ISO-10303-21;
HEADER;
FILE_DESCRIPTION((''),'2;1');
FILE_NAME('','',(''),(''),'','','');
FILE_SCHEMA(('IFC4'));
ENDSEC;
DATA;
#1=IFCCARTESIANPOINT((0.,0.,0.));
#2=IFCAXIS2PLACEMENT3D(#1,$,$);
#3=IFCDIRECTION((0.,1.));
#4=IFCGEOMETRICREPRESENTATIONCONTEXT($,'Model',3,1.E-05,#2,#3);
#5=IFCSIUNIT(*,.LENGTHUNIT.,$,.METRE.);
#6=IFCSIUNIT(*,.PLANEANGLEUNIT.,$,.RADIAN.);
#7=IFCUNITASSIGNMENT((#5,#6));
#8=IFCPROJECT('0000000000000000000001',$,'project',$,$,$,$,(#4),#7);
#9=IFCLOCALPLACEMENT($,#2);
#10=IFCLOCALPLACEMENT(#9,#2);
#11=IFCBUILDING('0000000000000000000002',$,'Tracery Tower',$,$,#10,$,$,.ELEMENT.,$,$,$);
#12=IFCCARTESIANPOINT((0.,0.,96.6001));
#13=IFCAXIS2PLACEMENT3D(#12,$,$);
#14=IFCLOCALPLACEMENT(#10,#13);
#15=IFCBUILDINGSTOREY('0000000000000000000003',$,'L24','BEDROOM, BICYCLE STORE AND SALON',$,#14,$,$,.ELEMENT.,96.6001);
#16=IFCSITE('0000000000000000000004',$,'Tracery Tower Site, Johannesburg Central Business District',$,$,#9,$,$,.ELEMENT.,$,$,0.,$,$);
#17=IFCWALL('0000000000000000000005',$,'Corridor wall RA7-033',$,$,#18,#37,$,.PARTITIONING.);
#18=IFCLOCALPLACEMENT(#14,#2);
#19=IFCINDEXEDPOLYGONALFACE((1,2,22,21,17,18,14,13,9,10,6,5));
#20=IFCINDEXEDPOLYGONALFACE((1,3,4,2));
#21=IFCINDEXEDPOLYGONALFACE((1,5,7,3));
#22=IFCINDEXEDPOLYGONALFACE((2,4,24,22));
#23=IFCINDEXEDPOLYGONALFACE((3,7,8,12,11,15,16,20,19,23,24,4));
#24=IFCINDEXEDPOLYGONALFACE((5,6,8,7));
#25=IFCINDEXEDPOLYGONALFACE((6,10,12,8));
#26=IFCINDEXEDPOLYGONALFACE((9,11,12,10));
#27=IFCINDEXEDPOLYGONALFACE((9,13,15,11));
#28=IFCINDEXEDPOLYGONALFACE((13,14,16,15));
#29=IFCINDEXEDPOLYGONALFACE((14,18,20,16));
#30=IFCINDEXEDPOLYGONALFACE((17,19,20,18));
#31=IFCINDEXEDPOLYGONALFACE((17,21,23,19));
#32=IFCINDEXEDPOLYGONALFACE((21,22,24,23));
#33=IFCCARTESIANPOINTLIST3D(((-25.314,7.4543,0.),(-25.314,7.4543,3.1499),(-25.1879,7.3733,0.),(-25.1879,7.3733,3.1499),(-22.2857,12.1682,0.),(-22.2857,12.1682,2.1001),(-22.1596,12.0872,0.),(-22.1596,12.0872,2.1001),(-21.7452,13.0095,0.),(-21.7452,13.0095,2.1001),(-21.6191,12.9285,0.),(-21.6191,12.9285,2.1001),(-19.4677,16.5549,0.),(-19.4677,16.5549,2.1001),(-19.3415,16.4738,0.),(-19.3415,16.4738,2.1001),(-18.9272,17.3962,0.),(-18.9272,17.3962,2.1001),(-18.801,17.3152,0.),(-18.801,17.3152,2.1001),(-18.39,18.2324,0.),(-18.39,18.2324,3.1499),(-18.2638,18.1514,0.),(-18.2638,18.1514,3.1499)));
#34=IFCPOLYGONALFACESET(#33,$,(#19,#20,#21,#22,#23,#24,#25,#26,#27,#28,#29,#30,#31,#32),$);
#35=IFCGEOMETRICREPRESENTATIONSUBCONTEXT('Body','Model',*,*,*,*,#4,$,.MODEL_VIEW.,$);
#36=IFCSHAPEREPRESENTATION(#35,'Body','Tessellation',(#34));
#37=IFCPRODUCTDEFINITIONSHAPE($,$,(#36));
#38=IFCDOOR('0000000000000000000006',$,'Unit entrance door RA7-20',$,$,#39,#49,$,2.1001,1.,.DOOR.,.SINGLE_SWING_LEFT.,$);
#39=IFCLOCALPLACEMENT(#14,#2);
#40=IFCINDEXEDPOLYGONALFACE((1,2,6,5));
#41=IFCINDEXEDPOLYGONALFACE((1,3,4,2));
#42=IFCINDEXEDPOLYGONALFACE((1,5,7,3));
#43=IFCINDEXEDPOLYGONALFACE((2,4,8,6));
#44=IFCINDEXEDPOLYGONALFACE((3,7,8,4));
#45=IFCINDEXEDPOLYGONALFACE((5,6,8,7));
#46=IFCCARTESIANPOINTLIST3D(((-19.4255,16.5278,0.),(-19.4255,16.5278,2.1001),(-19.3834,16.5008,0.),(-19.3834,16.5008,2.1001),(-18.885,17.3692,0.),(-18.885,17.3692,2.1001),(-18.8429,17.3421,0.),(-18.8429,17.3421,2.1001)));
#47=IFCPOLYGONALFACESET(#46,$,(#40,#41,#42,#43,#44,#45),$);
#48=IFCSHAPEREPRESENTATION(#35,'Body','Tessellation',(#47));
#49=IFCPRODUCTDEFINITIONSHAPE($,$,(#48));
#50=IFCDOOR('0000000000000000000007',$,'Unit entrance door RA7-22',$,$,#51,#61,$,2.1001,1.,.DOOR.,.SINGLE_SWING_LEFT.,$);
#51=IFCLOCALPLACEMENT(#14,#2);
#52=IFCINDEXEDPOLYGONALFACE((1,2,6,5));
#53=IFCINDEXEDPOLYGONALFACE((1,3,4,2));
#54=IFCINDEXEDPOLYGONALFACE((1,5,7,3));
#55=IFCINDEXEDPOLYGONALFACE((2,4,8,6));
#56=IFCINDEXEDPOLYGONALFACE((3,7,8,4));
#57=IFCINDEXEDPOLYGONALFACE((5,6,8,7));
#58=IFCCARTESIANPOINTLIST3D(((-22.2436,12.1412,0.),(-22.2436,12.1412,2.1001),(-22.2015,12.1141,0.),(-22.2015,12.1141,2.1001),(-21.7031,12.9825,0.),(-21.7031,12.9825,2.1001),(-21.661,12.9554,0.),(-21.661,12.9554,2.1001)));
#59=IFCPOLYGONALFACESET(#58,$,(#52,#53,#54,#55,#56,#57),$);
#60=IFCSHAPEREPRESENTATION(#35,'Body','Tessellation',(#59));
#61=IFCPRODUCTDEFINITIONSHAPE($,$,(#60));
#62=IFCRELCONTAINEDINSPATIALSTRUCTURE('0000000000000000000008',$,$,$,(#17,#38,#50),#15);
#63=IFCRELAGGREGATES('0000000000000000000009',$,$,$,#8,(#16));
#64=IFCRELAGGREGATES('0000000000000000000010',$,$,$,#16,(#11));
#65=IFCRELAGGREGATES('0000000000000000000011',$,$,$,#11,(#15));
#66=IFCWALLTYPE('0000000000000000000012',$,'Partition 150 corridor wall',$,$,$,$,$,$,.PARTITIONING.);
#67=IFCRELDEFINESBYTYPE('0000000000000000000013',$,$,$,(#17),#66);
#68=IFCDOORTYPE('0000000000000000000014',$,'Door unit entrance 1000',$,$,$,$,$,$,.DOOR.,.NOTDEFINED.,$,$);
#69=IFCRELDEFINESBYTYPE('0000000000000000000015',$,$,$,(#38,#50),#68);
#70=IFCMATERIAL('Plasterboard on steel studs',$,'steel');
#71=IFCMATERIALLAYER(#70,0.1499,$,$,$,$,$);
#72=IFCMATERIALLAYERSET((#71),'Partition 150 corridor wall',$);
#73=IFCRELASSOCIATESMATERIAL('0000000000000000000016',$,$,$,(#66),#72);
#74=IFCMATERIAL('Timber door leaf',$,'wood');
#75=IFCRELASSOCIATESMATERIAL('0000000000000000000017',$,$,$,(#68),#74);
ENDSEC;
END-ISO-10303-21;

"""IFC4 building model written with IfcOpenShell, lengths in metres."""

from ifc_helpers import new_model, si_unit, direction, frame, frame_2d, origin, place, context, subcontext, project, spatial, rectangle, extrude, material, layer, layer_set, type_object, element, fill, save


model = new_model("IFC4")

# Units and contexts
model_context = context("Model", 3, precision=1e-05, world=origin(), true_north=direction((0.0, 1.0)))
body_context = subcontext(model_context, "Body", "Model", "MODEL_VIEW")
ifc_project = project(units=[si_unit("LENGTHUNIT", "METRE"), si_unit("PLANEANGLEUNIT", "RADIAN")], contexts=[model_context])

# Site, building, storey
site_placement = place(None, origin())
site = spatial("IfcSite", under=ifc_project, at=site_placement, Name="Tracery Tower Site, Johannesburg Central Business District", CompositionType="ELEMENT", RefElevation=0.0)
building_placement = place(site_placement, origin())
building = spatial("IfcBuilding", under=site, at=building_placement, Name="Tracery Tower", CompositionType="ELEMENT")
storey_placement = place(building_placement, frame((0.0, 0.0, 96.6001)))
storey = spatial("IfcBuildingStorey", under=building, at=storey_placement, Name="L24", Description="BEDROOM, BICYCLE STORE AND SALON", CompositionType="ELEMENT", Elevation=96.6001)

# Shared definitions
ifc_material_1 = material(Name="Plasterboard on steel studs", Category="steel")
ifc_layer_1 = layer(ifc_material_1, 0.1499)
ifc_layer_set_1 = layer_set([ifc_layer_1], Name="Partition 150 corridor wall")
wall_type_1 = type_object("IfcWallType", Name="Partition 150 corridor wall", PredefinedType="PARTITIONING", material=ifc_layer_set_1)

# Wall, openings, doors
wall_1_placement = place(storey_placement, frame((-25.251, 7.4138, 0.0), z_axis=(0.0, 0.0, 1.0), x_axis=(0.540498, 0.841345, 0.0)))
wall_1 = element("IfcWall", 1, at=wall_1_placement, inside=storey, type_object=wall_type_1, Name="Corridor wall RA7-033", PredefinedType="PARTITIONING", context=body_context, shape_type="SweptSolid", body=[
    extrude(rectangle(XDim=12.8105, YDim=0.1499, at=frame_2d((6.4053, 0.0))), origin(), (0.0, 0.0, 1.0), 3.1499),
])
opening_1_placement = place(wall_1_placement, frame((10.8167, 0.0, 0.0)))
opening_1 = element("IfcOpeningElement", 2, at=opening_1_placement, cuts=wall_1, PredefinedType="OPENING", context=body_context, shape_type="SweptSolid", body=[
    extrude(rectangle(XDim=1.0, YDim=2.1001, at=frame_2d((0.5, 1.05))), frame((0.0, 0.075, 0.0), z_axis=(0.0, -1.0, 0.0), x_axis=(1.0, 0.0, 0.0)), (0.0, 0.0, 1.0), 0.1499),
])
opening_2_placement = place(wall_1_placement, frame((5.6028, 0.0, 0.0)))
opening_2 = element("IfcOpeningElement", 3, at=opening_2_placement, cuts=wall_1, PredefinedType="OPENING", context=body_context, shape_type="SweptSolid", body=[
    extrude(rectangle(XDim=1.0, YDim=2.1001, at=frame_2d((0.5, 1.05))), frame((0.0, 0.075, 0.0), z_axis=(0.0, -1.0, 0.0), x_axis=(1.0, 0.0, 0.0)), (0.0, 0.0, 1.0), 0.1499),
])
ifc_material_2 = material(Name="Timber door leaf", Category="wood")
door_type = type_object("IfcDoorType", Name="Door unit entrance 1000", OperationType="NOTDEFINED", PredefinedType="DOOR", material=ifc_material_2)
door_1_placement = place(opening_1_placement, origin())
door_1 = element("IfcDoor", 4, at=door_1_placement, inside=storey, type_object=door_type, Name="Unit entrance door RA7-20", OperationType="SINGLE_SWING_LEFT", OverallHeight=2.1001, OverallWidth=1.0, PredefinedType="DOOR", context=body_context, shape_type="SweptSolid", body=[
    extrude(rectangle(XDim=1.0, YDim=2.1001, at=frame_2d((0.5, 1.05))), frame((0.0, 0.0249, 0.0), z_axis=(0.0, -1.0, 0.0), x_axis=(1.0, 0.0, 0.0)), (0.0, 0.0, 1.0), 0.05),
])
fill(opening_1, door_1)
door_2_placement = place(opening_2_placement, origin())
door_2 = element("IfcDoor", 5, at=door_2_placement, inside=storey, type_object=door_type, Name="Unit entrance door RA7-22", OperationType="SINGLE_SWING_LEFT", OverallHeight=2.1001, OverallWidth=1.0, PredefinedType="DOOR", context=body_context, shape_type="SweptSolid", body=[
    extrude(rectangle(XDim=1.0, YDim=2.1001, at=frame_2d((0.5, 1.05))), frame((0.0, 0.0249, 0.0), z_axis=(0.0, -1.0, 0.0), x_axis=(1.0, 0.0, 0.0)), (0.0, 0.0, 1.0), 0.05),
])
fill(opening_2, door_2)

save(model, "model.ifc")
